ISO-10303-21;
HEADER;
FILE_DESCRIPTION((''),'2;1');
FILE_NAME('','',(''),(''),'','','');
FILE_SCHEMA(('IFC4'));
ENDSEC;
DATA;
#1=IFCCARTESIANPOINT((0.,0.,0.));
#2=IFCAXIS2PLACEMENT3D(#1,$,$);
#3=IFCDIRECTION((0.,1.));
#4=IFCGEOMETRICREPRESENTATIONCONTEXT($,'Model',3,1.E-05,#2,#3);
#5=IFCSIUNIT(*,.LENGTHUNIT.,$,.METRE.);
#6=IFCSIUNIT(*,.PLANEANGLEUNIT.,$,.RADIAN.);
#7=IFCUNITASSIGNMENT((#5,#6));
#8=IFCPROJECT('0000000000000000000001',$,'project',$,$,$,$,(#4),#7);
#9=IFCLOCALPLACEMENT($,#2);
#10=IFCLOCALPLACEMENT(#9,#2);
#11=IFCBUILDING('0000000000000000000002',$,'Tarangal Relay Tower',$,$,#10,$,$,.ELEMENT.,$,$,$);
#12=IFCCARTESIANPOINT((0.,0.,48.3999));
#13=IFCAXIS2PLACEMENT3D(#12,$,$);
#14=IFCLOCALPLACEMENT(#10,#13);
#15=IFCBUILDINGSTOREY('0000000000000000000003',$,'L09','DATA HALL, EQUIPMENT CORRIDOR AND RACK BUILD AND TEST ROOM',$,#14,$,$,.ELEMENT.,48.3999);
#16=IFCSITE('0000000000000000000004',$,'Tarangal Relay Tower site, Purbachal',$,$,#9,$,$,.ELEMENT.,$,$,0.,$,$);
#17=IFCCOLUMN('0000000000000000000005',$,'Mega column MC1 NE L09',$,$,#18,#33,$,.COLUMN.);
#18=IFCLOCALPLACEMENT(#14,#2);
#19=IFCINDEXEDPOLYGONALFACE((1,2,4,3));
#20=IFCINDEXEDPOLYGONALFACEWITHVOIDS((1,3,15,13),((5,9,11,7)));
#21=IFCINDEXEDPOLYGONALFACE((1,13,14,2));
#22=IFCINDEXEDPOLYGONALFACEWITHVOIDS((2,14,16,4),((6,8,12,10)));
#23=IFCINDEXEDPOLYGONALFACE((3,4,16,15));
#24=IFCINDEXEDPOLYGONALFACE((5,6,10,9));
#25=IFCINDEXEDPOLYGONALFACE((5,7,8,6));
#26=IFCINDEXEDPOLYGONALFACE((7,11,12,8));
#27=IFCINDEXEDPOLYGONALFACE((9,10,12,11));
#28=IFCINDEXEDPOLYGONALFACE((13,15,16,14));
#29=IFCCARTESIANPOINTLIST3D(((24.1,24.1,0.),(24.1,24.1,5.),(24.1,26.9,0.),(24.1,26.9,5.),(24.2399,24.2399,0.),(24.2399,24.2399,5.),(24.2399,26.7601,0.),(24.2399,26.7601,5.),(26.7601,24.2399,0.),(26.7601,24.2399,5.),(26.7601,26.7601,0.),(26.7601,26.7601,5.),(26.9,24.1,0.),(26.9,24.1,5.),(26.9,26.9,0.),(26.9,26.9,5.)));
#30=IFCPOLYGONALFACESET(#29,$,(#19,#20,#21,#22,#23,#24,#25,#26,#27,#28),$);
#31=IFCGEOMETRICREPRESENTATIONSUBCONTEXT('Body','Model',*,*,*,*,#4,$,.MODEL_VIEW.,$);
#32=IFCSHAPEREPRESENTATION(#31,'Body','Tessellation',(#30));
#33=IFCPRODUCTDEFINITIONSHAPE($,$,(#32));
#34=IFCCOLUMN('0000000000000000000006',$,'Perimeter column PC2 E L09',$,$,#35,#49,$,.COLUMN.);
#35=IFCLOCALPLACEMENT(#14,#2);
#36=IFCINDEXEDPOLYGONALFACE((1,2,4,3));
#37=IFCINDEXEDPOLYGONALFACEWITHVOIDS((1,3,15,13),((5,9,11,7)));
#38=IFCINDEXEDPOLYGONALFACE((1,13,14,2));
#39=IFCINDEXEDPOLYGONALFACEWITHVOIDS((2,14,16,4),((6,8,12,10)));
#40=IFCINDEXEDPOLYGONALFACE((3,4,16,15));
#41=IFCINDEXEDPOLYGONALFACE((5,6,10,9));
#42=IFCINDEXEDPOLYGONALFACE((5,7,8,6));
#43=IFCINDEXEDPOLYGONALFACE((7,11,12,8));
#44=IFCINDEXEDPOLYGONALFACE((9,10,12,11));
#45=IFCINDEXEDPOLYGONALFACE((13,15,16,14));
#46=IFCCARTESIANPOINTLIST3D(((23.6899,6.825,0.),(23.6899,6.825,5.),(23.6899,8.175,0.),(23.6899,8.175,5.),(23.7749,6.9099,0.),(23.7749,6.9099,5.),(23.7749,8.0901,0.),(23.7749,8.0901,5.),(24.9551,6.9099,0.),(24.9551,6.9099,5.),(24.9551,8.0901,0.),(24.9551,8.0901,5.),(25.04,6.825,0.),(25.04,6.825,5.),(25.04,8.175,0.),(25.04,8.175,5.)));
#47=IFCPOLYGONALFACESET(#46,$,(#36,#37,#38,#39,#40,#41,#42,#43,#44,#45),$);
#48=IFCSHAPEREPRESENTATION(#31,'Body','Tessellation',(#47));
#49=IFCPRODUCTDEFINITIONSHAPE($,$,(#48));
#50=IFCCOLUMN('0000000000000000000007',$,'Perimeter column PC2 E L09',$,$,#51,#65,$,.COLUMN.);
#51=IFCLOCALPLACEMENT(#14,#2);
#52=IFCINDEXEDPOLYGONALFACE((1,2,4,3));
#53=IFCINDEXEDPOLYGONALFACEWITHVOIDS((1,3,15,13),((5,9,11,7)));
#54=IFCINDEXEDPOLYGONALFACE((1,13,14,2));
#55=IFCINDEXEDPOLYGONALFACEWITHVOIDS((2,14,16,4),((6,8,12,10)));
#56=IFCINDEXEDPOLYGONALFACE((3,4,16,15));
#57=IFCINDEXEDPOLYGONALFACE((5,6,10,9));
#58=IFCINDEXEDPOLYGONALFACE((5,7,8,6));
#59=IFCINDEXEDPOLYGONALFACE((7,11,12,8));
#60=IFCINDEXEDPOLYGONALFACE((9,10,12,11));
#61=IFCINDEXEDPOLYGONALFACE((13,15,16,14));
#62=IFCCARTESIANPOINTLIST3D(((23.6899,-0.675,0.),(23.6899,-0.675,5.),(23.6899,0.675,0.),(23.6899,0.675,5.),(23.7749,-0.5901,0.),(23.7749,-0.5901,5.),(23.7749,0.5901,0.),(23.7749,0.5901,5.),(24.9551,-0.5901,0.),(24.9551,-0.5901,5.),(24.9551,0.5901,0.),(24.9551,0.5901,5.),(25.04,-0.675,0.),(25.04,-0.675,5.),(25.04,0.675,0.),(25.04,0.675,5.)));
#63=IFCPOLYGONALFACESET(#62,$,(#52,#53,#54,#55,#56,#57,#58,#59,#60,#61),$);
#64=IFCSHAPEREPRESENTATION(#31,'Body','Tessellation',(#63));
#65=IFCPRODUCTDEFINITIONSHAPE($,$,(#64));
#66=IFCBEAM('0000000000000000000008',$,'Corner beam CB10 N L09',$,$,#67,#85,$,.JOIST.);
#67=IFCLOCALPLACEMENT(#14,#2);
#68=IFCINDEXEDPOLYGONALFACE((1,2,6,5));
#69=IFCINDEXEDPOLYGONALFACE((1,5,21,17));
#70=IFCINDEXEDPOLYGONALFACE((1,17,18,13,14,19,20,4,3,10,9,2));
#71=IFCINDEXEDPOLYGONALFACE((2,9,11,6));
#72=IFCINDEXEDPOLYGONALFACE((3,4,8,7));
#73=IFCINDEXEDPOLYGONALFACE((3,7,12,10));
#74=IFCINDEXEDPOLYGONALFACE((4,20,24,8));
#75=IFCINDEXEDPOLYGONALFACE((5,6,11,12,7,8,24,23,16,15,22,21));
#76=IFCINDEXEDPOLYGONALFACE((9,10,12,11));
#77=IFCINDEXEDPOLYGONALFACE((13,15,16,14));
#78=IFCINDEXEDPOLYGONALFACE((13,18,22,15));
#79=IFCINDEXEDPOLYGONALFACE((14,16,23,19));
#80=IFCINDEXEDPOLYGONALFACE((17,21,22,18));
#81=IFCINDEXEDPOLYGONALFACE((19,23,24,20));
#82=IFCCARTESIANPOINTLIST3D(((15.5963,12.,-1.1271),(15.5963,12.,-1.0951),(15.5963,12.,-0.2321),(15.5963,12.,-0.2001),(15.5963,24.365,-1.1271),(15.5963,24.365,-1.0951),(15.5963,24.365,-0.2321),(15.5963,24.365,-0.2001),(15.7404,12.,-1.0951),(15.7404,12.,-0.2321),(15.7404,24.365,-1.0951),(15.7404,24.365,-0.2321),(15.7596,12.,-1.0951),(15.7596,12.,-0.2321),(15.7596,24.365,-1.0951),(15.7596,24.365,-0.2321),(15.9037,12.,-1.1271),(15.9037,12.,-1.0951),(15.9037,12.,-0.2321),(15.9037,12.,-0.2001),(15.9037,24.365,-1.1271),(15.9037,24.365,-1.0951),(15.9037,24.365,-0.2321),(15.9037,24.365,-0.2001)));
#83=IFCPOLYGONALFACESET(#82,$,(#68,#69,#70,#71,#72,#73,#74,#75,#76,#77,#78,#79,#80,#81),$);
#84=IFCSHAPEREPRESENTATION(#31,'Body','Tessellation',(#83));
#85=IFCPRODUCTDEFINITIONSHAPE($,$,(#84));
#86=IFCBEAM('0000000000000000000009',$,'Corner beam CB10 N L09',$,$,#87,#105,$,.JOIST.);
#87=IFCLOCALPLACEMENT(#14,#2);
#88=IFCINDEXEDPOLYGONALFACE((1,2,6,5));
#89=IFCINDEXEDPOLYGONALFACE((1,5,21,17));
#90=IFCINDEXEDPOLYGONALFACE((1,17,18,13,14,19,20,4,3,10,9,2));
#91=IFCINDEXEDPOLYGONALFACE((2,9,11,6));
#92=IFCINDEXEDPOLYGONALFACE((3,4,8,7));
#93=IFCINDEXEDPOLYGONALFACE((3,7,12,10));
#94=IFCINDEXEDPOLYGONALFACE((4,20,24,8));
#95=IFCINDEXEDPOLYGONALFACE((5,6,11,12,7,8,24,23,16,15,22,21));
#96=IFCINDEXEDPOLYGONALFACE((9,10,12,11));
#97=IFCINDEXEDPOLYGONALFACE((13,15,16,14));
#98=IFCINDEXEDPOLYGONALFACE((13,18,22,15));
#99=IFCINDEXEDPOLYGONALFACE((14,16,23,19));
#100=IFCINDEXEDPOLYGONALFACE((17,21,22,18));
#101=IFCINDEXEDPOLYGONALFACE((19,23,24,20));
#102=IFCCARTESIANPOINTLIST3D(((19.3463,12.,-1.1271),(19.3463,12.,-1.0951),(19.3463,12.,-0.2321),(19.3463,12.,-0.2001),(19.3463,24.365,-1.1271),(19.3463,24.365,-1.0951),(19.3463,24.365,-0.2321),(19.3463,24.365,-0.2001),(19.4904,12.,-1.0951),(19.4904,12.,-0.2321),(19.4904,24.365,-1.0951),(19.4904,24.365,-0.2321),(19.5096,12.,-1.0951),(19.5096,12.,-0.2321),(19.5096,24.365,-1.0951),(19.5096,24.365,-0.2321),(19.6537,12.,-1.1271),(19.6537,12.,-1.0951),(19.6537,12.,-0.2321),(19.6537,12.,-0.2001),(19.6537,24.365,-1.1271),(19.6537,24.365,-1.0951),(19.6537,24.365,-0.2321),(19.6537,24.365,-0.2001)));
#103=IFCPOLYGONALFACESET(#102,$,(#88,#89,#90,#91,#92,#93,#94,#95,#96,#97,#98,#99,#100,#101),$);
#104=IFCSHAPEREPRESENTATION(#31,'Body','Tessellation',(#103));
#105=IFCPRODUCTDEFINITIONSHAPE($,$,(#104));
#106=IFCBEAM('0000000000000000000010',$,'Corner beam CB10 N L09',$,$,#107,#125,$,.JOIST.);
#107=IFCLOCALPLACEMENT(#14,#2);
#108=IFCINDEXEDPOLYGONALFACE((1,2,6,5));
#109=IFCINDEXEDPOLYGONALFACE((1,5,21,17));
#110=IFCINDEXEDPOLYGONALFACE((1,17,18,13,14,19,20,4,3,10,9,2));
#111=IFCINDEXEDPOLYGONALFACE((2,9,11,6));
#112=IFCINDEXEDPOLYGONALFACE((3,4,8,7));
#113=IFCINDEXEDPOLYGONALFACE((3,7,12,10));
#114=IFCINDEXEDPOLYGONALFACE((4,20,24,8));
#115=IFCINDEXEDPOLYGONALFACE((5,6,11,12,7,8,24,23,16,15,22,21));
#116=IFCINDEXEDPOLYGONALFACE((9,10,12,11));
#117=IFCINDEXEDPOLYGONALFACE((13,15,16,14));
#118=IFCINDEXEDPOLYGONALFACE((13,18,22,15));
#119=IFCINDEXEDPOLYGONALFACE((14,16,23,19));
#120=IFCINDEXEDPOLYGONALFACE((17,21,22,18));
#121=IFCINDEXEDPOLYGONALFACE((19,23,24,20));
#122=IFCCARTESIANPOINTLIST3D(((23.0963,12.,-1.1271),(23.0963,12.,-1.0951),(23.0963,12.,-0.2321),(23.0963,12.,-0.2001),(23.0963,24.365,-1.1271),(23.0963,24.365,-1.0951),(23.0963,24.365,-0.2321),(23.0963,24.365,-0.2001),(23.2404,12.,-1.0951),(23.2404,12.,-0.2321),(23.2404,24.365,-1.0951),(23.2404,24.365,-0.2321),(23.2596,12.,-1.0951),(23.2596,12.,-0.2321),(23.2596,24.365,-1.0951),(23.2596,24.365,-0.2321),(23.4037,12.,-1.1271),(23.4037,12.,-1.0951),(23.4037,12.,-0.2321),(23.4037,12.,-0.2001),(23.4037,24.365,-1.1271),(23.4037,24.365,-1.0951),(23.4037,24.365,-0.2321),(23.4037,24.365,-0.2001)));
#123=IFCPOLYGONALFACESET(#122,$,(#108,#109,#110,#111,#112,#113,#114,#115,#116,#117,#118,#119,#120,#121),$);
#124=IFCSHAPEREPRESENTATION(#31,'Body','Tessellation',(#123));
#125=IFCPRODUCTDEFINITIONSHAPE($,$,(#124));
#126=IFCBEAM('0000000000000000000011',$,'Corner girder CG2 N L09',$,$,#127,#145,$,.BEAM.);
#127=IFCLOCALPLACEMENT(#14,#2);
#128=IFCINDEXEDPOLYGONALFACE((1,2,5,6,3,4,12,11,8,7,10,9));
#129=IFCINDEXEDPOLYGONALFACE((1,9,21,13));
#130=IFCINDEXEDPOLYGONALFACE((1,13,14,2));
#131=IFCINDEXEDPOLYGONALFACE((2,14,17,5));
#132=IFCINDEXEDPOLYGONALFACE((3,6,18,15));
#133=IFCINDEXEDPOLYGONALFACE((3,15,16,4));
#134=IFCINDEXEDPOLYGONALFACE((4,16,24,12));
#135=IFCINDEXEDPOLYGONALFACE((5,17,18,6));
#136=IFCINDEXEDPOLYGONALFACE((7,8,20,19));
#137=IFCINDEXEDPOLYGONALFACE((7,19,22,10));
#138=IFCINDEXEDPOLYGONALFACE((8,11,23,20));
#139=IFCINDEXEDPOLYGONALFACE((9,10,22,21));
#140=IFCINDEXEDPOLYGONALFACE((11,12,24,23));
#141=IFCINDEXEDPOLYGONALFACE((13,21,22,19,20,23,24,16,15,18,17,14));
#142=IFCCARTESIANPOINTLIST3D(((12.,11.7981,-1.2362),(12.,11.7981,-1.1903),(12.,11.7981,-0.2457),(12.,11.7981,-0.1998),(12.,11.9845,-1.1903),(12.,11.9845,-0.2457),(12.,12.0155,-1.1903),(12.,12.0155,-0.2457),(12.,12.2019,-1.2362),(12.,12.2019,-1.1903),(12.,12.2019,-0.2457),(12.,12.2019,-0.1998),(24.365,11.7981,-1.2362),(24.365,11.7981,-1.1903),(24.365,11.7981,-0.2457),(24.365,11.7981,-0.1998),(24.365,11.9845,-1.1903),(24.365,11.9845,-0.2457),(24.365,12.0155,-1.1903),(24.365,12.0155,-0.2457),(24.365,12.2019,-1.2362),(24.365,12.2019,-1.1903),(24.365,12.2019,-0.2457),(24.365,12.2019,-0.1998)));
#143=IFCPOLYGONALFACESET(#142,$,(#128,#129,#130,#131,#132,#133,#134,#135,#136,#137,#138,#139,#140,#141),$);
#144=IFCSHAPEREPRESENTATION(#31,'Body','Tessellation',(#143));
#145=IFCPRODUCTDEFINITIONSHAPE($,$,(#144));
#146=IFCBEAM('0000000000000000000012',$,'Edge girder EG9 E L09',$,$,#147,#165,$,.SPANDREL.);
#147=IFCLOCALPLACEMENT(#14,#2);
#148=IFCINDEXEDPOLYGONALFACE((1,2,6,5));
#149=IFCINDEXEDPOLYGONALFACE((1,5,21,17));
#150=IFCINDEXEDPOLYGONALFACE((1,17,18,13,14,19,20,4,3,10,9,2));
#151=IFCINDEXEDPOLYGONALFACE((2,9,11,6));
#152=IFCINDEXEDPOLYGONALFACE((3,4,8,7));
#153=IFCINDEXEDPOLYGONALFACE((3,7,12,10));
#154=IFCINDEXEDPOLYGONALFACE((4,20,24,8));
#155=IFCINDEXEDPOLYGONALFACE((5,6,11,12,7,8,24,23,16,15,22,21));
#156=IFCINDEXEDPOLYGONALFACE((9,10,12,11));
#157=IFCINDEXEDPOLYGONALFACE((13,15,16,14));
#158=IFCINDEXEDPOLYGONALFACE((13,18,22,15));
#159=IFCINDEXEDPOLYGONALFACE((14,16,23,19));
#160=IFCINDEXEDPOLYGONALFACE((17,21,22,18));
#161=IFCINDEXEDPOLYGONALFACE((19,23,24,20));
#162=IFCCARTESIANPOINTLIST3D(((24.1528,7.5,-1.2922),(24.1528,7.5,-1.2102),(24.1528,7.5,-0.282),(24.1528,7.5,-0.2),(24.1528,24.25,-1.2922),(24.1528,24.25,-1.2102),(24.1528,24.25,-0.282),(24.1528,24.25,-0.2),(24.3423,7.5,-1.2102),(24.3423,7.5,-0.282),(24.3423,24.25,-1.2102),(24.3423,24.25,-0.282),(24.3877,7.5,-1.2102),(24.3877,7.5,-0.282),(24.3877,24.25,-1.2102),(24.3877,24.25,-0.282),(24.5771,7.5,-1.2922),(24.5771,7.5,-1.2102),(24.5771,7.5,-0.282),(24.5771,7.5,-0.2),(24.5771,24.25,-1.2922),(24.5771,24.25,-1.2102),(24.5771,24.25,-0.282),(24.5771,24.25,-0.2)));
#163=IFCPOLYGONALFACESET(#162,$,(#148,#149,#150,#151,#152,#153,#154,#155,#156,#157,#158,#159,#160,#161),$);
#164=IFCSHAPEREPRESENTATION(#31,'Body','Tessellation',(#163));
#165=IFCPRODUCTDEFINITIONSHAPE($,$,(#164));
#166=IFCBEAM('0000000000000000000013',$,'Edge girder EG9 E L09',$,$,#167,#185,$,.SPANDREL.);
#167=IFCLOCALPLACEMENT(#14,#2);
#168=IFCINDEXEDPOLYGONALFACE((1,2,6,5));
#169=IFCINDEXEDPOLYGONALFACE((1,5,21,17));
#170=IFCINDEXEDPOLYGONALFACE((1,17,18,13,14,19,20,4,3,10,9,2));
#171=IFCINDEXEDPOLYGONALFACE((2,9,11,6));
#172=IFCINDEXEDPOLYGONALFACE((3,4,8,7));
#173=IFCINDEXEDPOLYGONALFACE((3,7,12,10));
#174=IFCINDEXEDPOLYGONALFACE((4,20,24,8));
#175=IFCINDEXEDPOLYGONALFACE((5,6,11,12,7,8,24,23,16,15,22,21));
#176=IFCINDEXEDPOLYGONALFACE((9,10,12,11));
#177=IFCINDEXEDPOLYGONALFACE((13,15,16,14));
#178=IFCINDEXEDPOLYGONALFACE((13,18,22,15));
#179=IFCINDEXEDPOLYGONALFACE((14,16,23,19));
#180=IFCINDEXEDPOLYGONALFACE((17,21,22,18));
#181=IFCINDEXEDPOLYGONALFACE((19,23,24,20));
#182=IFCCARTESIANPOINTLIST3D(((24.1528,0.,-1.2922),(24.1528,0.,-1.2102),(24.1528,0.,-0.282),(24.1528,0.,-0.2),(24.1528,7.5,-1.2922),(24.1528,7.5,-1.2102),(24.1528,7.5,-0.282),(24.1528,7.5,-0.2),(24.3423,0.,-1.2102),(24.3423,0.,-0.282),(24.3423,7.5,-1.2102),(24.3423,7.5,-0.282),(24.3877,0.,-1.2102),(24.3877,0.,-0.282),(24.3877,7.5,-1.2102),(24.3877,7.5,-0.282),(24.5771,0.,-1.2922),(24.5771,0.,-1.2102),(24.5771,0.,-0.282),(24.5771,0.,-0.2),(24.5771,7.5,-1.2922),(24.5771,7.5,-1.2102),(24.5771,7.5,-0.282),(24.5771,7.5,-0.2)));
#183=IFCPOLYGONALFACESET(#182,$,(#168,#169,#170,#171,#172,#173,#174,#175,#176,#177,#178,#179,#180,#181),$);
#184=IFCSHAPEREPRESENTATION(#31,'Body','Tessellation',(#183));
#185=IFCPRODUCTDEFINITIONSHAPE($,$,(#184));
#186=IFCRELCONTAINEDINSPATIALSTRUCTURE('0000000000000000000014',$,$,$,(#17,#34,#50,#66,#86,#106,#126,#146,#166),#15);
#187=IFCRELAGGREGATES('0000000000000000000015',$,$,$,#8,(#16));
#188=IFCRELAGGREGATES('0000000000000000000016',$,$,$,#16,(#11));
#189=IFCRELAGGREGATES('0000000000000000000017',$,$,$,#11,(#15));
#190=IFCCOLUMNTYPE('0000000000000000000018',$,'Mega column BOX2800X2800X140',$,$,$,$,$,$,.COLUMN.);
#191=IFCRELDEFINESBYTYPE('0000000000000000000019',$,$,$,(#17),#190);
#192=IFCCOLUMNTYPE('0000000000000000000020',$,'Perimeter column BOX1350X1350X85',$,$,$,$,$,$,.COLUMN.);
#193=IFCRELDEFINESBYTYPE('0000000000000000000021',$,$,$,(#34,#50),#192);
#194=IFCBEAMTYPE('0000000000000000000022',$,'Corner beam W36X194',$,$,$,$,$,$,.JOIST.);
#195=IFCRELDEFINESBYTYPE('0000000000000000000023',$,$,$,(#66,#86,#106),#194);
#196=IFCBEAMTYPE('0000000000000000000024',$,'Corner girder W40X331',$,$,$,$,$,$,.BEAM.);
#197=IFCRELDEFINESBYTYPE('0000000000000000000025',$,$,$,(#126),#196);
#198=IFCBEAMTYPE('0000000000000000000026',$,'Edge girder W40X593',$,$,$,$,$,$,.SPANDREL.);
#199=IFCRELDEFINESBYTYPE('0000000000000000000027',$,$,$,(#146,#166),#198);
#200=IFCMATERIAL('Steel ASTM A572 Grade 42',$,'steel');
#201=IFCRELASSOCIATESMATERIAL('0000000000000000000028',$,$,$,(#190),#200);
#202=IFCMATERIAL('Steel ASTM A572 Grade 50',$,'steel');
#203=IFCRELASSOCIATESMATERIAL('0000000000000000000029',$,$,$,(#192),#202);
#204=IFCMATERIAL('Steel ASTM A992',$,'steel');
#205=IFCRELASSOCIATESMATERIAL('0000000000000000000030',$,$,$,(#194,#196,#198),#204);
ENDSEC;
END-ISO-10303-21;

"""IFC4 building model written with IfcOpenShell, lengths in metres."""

from ifc_helpers import new_model, si_unit, direction, frame, origin, origin_2d, place, context, subcontext, project, spatial, hollow_rectangle, i_section, extrude, material, material_profile, profile_set, type_object, element, save


model = new_model("IFC4")

# Units and contexts
model_context = context("Model", 3, precision=1e-05, world=origin(), true_north=direction((0.0, 1.0)))
body_context = subcontext(model_context, "Body", "Model", "MODEL_VIEW")
ifc_project = project(units=[si_unit("LENGTHUNIT", "METRE"), si_unit("PLANEANGLEUNIT", "RADIAN")], contexts=[model_context])

# Site, building, storey
site_placement = place(None, origin())
site = spatial("IfcSite", under=ifc_project, at=site_placement, Name="Tarangal Relay Tower site, Purbachal", CompositionType="ELEMENT", RefElevation=0.0)
building_placement = place(site_placement, origin())
building = spatial("IfcBuilding", under=site, at=building_placement, Name="Tarangal Relay Tower", CompositionType="ELEMENT")
storey_placement = place(building_placement, frame((0.0, 0.0, 48.3999)))
storey = spatial("IfcBuildingStorey", under=building, at=storey_placement, Name="L09", Description="DATA HALL, EQUIPMENT CORRIDOR AND RACK BUILD AND TEST ROOM", CompositionType="ELEMENT", Elevation=48.3999)

# Columns
ifc_material_1 = material(Name="Steel ASTM A572 Grade 42", Category="steel")
ifc_material_profile_1 = material_profile(ifc_material_1, hollow_rectangle(XDim=2.8, YDim=2.8, WallThickness=0.1399, at=origin_2d()), Name="BOX2800X2800X140")
ifc_profile_set_1 = profile_set([ifc_material_profile_1], Name="Steel ASTM A572 Grade 42")
column_type_1 = type_object("IfcColumnType", Name="Mega column BOX2800X2800X140", PredefinedType="COLUMN", material=ifc_profile_set_1)
column_placement = place(storey_placement, frame((25.5, 25.5, 0.0), z_axis=(0.0, 0.0, 1.0), x_axis=(1.0, 0.0, 0.0)))
element("IfcColumn", 1, at=column_placement, inside=storey, type_object=column_type_1, Name="Mega column MC1 NE L09", PredefinedType="COLUMN", context=body_context, shape_type="SweptSolid", body=[
    extrude(hollow_rectangle(XDim=2.8, YDim=2.8, WallThickness=0.1399, at=origin_2d()), origin(), (0.0, 0.0, 1.0), 5.0),
])
ifc_material_2 = material(Name="Steel ASTM A572 Grade 50", Category="steel")
ifc_material_profile_2 = material_profile(ifc_material_2, hollow_rectangle(XDim=1.3501, YDim=1.3501, WallThickness=0.085, at=origin_2d()), Name="BOX1350X1350X85")
ifc_profile_set_2 = profile_set([ifc_material_profile_2], Name="Steel ASTM A572 Grade 50")
column_type_2 = type_object("IfcColumnType", Name="Perimeter column BOX1350X1350X85", PredefinedType="COLUMN", material=ifc_profile_set_2)
for number, where, z_axis, x_axis, name in (
    (2, (24.365, 7.5, 0.0), (0.0, 0.0, 1.0), (1.0, 0.0, 0.0), "Perimeter column PC2 E L09"),
    (3, (24.365, 0.0, 0.0), (0.0, 0.0, 1.0), (1.0, 0.0, 0.0), "Perimeter column PC2 E L09"),
):
    element("IfcColumn", number, at=place(storey_placement, frame(where, z_axis=z_axis, x_axis=x_axis)), inside=storey, type_object=column_type_2, Name=name, PredefinedType="COLUMN", context=body_context, shape_type="SweptSolid", body=[
        extrude(hollow_rectangle(XDim=1.3501, YDim=1.3501, WallThickness=0.085, at=origin_2d()), origin(), (0.0, 0.0, 1.0), 5.0),
    ])

# Beams
ifc_material_3 = material(Name="Steel ASTM A992", Category="steel")
ifc_material_profile_3 = material_profile(ifc_material_3, i_section(OverallWidth=0.3074, OverallDepth=0.927, WebThickness=0.0193, FlangeThickness=0.032, at=origin_2d()), Name="W36X194")
ifc_profile_set_3 = profile_set([ifc_material_profile_3], Name="Steel ASTM A992")
beam_type_1 = type_object("IfcBeamType", Name="Corner beam W36X194", PredefinedType="JOIST", material=ifc_profile_set_3)
for number, where, z_axis, x_axis, name in (
    (4, (15.75, 12.0, -0.6636), (0.0, 1.0, 0.0), (-1.0, 0.0, 0.0), "Corner beam CB10 N L09"),
    (5, (19.5, 12.0, -0.6636), (0.0, 1.0, 0.0), (-1.0, 0.0, 0.0), "Corner beam CB10 N L09"),
    (6, (23.25, 12.0, -0.6636), (0.0, 1.0, 0.0), (-1.0, 0.0, 0.0), "Corner beam CB10 N L09"),
):
    element("IfcBeam", number, at=place(storey_placement, frame(where, z_axis=z_axis, x_axis=x_axis)), inside=storey, type_object=beam_type_1, Name=name, PredefinedType="JOIST", context=body_context, shape_type="SweptSolid", body=[
        extrude(i_section(OverallWidth=0.3074, OverallDepth=0.927, WebThickness=0.0193, FlangeThickness=0.032, at=origin_2d()), origin(), (0.0, 0.0, 1.0), 12.365),
    ])
ifc_material_profile_4 = material_profile(ifc_material_3, i_section(OverallWidth=0.4038, OverallDepth=1.0364, WebThickness=0.031, FlangeThickness=0.0459, at=origin_2d()), Name="W40X331")
ifc_profile_set_4 = profile_set([ifc_material_profile_4], Name="Steel ASTM A992")
beam_type_2 = type_object("IfcBeamType", Name="Corner girder W40X331", PredefinedType="BEAM", material=ifc_profile_set_4)
beam_1_placement = place(storey_placement, frame((12.0, 12.0, -0.718), z_axis=(1.0, 0.0, 0.0), x_axis=(0.0, 1.0, 0.0)))
element("IfcBeam", 7, at=beam_1_placement, inside=storey, type_object=beam_type_2, Name="Corner girder CG2 N L09", PredefinedType="BEAM", context=body_context, shape_type="SweptSolid", body=[
    extrude(i_section(OverallWidth=0.4038, OverallDepth=1.0364, WebThickness=0.031, FlangeThickness=0.0459, at=origin_2d()), origin(), (0.0, 0.0, 1.0), 12.365),
])
ifc_material_profile_5 = material_profile(ifc_material_3, i_section(OverallWidth=0.4243, OverallDepth=1.0923, WebThickness=0.0454, FlangeThickness=0.082, at=origin_2d()), Name="W40X593")
ifc_profile_set_5 = profile_set([ifc_material_profile_5], Name="Steel ASTM A992")
beam_type_3 = type_object("IfcBeamType", Name="Edge girder W40X593", PredefinedType="SPANDREL", material=ifc_profile_set_5)
beam_2_placement = place(storey_placement, frame((24.365, 24.25, -0.7461), z_axis=(0.0, -1.0, 0.0), x_axis=(1.0, 0.0, 0.0)))
element("IfcBeam", 8, at=beam_2_placement, inside=storey, type_object=beam_type_3, Name="Edge girder EG9 E L09", PredefinedType="SPANDREL", context=body_context, shape_type="SweptSolid", body=[
    extrude(i_section(OverallWidth=0.4243, OverallDepth=1.0923, WebThickness=0.0454, FlangeThickness=0.082, at=origin_2d()), origin(), (0.0, 0.0, 1.0), 16.75),
])
for number, where, z_axis, x_axis, name in (
    (9, (24.365, 7.5, -0.7461), (0.0, -1.0, 0.0), (1.0, 0.0, 0.0), "Edge girder EG9 E L09"),
):
    element("IfcBeam", number, at=place(storey_placement, frame(where, z_axis=z_axis, x_axis=x_axis)), inside=storey, type_object=beam_type_3, Name=name, PredefinedType="SPANDREL", context=body_context, shape_type="SweptSolid", body=[
        extrude(i_section(OverallWidth=0.4243, OverallDepth=1.0923, WebThickness=0.0454, FlangeThickness=0.082, at=origin_2d()), origin(), (0.0, 0.0, 1.0), 7.5),
    ])

save(model, "model.ifc")
